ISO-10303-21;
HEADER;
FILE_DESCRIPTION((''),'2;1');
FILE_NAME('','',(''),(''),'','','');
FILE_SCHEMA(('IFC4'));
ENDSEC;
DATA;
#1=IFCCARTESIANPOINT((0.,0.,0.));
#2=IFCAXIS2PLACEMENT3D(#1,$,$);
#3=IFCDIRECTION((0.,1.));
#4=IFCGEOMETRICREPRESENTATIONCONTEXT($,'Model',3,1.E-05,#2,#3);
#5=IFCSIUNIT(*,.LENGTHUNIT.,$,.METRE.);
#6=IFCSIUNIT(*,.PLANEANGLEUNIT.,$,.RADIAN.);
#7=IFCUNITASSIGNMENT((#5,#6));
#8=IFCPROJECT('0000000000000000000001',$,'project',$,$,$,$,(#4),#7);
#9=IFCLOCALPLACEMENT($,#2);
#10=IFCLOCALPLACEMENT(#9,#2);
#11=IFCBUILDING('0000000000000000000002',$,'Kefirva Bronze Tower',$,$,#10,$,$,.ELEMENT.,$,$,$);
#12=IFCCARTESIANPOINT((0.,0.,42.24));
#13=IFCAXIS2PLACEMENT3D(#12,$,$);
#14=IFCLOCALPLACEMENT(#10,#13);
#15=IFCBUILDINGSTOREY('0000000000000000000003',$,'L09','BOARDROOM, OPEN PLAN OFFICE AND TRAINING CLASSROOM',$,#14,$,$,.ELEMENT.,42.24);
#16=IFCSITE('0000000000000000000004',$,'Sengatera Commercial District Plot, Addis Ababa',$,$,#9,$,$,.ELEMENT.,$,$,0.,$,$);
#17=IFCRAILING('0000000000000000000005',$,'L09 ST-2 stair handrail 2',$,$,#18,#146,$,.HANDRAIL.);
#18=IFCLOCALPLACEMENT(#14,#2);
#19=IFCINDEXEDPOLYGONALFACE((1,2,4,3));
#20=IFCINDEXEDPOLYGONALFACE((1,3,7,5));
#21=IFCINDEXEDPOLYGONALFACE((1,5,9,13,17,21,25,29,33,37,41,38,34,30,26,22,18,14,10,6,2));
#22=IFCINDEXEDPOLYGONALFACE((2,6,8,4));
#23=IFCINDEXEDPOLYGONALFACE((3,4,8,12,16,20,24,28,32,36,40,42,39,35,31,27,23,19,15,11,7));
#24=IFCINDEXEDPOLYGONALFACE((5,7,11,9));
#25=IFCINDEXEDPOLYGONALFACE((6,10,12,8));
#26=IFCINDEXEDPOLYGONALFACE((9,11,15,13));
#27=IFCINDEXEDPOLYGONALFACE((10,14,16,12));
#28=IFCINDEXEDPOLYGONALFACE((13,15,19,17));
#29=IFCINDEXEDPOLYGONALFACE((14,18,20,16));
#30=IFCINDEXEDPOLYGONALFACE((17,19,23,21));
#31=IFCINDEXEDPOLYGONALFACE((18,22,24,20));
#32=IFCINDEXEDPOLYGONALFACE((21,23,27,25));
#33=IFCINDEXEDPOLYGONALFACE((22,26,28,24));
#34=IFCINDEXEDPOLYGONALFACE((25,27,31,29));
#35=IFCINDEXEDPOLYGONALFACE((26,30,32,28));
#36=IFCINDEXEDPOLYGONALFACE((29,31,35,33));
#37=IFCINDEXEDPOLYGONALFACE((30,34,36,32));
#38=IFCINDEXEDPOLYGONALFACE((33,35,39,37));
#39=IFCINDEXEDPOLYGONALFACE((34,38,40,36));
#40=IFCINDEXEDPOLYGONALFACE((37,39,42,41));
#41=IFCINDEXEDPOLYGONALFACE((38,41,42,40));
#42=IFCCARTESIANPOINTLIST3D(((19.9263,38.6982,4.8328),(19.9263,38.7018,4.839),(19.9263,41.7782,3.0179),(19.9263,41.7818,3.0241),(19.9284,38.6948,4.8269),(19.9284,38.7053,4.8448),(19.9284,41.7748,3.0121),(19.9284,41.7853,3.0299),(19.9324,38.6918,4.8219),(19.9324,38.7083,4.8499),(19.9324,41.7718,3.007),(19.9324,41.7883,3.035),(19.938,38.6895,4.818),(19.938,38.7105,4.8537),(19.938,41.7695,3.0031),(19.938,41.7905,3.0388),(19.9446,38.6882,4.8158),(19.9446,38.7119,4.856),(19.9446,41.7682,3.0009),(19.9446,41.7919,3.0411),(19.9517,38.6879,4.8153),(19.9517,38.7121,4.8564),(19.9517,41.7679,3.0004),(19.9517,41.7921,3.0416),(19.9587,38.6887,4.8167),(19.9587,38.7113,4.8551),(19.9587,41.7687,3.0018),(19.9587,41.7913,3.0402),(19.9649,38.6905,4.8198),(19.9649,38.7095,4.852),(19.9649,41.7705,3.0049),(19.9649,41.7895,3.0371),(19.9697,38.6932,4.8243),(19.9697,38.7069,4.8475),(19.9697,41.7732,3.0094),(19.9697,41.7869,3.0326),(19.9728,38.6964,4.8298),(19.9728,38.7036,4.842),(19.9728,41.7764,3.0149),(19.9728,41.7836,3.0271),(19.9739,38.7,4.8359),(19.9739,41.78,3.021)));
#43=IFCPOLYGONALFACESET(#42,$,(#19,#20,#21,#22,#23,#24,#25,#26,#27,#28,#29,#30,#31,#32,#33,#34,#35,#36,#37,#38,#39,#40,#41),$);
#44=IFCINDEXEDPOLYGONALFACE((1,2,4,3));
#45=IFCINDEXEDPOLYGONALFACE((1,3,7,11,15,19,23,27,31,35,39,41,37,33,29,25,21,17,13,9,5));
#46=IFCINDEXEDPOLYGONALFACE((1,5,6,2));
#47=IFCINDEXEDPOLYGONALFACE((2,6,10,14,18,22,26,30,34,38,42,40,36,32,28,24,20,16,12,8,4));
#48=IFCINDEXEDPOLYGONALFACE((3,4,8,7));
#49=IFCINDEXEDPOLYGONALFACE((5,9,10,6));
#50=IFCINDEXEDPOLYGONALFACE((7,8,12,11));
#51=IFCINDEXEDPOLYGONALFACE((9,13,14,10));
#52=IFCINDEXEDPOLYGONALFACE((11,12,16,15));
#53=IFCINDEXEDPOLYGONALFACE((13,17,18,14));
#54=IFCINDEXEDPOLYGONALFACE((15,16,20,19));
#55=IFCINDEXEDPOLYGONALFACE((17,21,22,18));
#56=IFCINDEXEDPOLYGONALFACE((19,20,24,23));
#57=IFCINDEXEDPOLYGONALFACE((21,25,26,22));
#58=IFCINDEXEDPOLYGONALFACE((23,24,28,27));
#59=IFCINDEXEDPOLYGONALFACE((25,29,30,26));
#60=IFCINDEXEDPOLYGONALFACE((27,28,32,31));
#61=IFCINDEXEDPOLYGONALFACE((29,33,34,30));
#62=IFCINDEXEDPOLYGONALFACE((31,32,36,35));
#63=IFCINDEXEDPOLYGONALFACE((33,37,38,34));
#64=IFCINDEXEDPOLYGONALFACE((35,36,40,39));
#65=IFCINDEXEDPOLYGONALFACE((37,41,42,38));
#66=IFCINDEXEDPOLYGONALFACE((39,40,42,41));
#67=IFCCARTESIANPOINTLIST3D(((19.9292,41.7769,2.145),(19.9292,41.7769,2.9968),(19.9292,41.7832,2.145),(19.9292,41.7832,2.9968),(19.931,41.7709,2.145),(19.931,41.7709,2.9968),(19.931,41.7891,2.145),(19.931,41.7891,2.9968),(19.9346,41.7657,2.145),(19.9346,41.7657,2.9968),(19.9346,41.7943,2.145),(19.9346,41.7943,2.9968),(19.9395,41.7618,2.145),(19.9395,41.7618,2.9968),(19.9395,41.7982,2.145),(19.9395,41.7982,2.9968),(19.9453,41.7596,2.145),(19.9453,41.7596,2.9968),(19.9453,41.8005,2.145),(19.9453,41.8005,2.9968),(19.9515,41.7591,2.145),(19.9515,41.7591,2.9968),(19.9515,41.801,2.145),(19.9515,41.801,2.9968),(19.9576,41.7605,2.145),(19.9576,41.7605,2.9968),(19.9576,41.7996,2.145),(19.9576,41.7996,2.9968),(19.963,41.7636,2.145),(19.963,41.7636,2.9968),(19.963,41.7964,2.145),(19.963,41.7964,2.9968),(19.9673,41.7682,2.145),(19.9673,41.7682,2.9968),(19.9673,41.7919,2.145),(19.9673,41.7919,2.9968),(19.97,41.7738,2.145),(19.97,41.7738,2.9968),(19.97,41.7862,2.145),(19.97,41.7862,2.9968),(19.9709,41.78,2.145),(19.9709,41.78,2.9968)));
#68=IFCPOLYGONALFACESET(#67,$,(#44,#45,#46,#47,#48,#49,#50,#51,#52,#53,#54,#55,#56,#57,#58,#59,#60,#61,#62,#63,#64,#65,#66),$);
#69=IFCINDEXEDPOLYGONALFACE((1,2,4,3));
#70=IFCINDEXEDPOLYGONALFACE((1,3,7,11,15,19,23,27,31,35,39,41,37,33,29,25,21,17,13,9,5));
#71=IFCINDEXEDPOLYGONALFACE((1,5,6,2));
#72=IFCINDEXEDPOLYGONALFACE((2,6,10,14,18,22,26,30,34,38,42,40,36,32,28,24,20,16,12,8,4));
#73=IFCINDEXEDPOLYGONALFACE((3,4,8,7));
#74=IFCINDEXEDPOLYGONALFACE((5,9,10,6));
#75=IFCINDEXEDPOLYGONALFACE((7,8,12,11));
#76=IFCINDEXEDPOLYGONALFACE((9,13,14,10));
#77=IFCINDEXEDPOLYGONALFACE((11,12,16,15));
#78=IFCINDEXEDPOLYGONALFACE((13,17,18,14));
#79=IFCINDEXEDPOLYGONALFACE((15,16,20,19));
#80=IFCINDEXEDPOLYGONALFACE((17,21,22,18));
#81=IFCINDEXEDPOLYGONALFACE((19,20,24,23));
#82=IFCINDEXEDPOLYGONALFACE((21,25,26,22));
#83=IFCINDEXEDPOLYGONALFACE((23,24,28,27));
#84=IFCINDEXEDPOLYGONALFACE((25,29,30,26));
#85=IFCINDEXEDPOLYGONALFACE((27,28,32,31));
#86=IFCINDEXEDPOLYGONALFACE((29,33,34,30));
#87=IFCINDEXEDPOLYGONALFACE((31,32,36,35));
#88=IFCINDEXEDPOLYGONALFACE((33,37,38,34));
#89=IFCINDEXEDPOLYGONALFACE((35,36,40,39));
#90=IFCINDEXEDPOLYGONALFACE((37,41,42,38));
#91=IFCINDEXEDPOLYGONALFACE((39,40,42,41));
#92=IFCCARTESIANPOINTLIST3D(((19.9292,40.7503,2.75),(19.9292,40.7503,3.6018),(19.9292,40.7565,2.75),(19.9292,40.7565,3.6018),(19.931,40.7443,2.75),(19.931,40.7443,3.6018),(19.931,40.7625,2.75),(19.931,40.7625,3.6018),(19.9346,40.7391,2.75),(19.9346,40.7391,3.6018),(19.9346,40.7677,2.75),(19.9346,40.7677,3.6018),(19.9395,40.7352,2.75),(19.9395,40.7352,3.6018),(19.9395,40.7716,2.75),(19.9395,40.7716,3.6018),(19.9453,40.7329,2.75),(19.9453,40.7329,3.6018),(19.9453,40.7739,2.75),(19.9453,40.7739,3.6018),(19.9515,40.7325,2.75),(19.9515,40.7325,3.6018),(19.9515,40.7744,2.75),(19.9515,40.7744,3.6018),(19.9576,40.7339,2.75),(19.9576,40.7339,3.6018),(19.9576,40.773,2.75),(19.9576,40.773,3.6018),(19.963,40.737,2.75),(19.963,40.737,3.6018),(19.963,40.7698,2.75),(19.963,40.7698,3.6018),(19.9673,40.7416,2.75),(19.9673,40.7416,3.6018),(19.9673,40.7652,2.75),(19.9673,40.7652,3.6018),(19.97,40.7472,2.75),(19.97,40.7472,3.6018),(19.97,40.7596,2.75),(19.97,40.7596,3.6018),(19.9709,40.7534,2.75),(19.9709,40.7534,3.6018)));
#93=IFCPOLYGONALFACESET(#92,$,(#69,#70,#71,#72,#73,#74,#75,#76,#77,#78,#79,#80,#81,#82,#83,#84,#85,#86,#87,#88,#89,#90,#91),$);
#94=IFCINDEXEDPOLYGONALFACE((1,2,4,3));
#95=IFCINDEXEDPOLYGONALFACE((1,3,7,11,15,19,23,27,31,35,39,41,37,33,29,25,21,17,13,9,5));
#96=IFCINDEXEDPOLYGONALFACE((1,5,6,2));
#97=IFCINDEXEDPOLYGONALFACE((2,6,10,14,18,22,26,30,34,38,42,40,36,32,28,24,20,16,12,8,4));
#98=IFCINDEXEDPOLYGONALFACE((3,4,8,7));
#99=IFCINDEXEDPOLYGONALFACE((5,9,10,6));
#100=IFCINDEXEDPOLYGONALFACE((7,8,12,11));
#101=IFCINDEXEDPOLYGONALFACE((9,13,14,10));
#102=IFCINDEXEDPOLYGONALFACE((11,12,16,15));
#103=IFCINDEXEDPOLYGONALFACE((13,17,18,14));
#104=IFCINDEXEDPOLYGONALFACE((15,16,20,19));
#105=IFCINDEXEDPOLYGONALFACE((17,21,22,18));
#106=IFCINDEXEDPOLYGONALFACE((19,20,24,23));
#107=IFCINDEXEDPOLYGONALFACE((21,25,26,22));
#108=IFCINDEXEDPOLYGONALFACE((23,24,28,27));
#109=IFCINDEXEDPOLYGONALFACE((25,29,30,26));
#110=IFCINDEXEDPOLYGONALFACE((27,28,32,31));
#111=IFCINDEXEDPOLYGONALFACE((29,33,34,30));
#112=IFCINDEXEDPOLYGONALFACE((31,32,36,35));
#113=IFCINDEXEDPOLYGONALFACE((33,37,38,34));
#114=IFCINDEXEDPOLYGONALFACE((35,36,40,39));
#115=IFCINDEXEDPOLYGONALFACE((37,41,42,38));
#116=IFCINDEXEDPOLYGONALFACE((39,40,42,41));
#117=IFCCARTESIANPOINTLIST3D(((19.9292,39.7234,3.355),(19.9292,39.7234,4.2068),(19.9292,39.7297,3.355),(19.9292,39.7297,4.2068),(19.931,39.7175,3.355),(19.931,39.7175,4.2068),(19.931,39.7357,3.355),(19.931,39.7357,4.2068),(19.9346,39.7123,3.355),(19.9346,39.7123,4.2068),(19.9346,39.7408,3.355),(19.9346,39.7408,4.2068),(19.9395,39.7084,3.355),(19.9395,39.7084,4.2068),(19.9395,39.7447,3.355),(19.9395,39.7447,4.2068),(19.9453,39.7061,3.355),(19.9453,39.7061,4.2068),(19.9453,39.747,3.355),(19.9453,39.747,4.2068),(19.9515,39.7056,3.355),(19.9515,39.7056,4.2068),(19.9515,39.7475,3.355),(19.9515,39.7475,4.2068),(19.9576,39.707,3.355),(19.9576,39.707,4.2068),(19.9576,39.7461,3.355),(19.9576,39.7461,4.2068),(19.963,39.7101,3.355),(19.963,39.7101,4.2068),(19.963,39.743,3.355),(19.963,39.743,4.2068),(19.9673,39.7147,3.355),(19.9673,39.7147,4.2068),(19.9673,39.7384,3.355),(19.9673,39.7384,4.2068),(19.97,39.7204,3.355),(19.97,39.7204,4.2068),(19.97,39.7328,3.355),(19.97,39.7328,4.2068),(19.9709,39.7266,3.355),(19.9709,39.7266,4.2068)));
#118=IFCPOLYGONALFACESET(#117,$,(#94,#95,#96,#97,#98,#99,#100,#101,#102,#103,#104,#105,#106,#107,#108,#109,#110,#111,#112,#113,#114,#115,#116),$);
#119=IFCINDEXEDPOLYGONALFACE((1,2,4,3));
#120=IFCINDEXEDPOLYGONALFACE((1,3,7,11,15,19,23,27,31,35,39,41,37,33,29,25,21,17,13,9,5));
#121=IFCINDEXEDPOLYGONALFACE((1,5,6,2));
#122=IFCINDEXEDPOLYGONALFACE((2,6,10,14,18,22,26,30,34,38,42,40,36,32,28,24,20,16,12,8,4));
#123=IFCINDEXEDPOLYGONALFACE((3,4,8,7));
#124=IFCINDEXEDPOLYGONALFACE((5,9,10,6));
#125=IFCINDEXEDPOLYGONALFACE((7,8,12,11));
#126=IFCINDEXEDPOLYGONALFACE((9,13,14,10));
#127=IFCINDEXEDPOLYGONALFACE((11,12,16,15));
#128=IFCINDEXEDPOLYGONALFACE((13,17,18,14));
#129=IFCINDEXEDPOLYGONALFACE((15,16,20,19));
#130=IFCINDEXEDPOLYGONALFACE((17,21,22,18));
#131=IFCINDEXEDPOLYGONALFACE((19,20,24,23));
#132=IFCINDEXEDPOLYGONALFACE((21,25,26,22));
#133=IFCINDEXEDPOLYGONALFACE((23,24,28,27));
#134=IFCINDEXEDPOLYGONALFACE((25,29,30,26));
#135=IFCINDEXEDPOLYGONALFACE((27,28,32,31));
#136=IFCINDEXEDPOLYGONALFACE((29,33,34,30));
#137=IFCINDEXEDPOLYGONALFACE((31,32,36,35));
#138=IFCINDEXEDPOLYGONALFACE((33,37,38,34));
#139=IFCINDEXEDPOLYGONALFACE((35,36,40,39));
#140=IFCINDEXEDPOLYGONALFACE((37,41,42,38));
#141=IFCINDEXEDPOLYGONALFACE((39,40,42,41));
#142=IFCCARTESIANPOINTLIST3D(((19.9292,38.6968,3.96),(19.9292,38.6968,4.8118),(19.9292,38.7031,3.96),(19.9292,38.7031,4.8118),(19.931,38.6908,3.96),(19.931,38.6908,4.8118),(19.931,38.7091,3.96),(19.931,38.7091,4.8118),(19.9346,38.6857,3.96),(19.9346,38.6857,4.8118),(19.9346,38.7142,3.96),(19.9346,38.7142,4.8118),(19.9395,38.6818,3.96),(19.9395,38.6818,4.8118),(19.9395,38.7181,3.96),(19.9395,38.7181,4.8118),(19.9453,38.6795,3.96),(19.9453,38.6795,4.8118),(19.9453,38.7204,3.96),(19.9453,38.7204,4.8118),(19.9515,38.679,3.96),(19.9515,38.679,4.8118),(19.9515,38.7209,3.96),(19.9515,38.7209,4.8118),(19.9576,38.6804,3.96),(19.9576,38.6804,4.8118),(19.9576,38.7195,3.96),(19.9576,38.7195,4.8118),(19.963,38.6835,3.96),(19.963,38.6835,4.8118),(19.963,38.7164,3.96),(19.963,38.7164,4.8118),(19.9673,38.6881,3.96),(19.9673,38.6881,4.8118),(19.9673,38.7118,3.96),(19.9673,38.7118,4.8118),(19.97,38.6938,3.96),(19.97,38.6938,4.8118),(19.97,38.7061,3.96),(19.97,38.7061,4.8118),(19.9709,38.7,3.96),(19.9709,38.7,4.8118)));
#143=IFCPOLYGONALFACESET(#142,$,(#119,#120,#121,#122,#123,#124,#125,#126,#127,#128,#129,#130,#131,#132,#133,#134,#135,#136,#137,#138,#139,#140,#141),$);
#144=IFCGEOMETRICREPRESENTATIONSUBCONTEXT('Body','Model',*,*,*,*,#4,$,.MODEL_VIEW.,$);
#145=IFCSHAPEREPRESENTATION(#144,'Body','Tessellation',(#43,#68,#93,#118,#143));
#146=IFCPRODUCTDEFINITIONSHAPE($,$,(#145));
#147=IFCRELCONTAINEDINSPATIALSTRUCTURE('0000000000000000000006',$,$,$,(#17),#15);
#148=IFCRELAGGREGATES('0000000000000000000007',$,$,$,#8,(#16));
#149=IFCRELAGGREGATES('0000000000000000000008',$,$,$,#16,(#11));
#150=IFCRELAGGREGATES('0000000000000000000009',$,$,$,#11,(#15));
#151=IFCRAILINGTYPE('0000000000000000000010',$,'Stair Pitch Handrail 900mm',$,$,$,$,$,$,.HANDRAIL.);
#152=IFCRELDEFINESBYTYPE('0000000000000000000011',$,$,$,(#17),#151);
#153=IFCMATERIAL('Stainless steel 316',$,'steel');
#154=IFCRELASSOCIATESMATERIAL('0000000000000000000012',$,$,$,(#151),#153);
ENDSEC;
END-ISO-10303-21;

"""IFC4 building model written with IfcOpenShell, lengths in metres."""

from ifc_helpers import new_model, si_unit, direction, frame, origin, origin_2d, place, context, subcontext, project, spatial, circle, extrude, material, type_object, element, save


model = new_model("IFC4")

# Units and contexts
model_context = context("Model", 3, precision=1e-05, world=origin(), true_north=direction((0.0, 1.0)))
body_context = subcontext(model_context, "Body", "Model", "MODEL_VIEW")
ifc_project = project(units=[si_unit("LENGTHUNIT", "METRE"), si_unit("PLANEANGLEUNIT", "RADIAN")], contexts=[model_context])

# Site, building, storey
site_placement = place(None, origin())
site = spatial("IfcSite", under=ifc_project, at=site_placement, Name="Sengatera Commercial District Plot, Addis Ababa", CompositionType="ELEMENT", RefElevation=0.0)
building_placement = place(site_placement, origin())
building = spatial("IfcBuilding", under=site, at=building_placement, Name="Kefirva Bronze Tower", CompositionType="ELEMENT")
storey_placement = place(building_placement, frame((0.0, 0.0, 42.24)))
storey = spatial("IfcBuildingStorey", under=building, at=storey_placement, Name="L09", Description="BOARDROOM, OPEN PLAN OFFICE AND TRAINING CLASSROOM", CompositionType="ELEMENT", Elevation=42.24)

# Railing
ifc_material_1 = material(Name="Stainless steel 316", Category="steel")
railing_type = type_object("IfcRailingType", Name="Stair Pitch Handrail 900mm", PredefinedType="HANDRAIL", material=ifc_material_1)
railing_placement = place(storey_placement, frame((19.95, 41.78, 2.145)))
element("IfcRailing", 1, at=railing_placement, inside=storey, type_object=railing_type, Name="L09 ST-2 stair handrail 2", PredefinedType="HANDRAIL", context=body_context, shape_type="SweptSolid", body=[
    extrude(circle(Radius=0.0239, at=origin_2d()), frame((0.0, 0.0, 0.876), z_axis=(0.0, -0.861551, 0.507671), x_axis=(1.0, 0.0, 0.0)), (0.0, 0.0, 1.0), 3.575),
    extrude(circle(Radius=0.021, at=origin_2d()), origin(), (0.0, 0.0, 1.0), 0.8518),
    extrude(circle(Radius=0.021, at=origin_2d()), frame((0.0, -1.0266, 0.605)), (0.0, 0.0, 1.0), 0.8518),
    extrude(circle(Radius=0.021, at=origin_2d()), frame((0.0, -2.0535, 1.21)), (0.0, 0.0, 1.0), 0.8518),
    extrude(circle(Radius=0.021, at=origin_2d()), frame((0.0, -3.0801, 1.8149)), (0.0, 0.0, 1.0), 0.8518),
])

save(model, "model.ifc")
